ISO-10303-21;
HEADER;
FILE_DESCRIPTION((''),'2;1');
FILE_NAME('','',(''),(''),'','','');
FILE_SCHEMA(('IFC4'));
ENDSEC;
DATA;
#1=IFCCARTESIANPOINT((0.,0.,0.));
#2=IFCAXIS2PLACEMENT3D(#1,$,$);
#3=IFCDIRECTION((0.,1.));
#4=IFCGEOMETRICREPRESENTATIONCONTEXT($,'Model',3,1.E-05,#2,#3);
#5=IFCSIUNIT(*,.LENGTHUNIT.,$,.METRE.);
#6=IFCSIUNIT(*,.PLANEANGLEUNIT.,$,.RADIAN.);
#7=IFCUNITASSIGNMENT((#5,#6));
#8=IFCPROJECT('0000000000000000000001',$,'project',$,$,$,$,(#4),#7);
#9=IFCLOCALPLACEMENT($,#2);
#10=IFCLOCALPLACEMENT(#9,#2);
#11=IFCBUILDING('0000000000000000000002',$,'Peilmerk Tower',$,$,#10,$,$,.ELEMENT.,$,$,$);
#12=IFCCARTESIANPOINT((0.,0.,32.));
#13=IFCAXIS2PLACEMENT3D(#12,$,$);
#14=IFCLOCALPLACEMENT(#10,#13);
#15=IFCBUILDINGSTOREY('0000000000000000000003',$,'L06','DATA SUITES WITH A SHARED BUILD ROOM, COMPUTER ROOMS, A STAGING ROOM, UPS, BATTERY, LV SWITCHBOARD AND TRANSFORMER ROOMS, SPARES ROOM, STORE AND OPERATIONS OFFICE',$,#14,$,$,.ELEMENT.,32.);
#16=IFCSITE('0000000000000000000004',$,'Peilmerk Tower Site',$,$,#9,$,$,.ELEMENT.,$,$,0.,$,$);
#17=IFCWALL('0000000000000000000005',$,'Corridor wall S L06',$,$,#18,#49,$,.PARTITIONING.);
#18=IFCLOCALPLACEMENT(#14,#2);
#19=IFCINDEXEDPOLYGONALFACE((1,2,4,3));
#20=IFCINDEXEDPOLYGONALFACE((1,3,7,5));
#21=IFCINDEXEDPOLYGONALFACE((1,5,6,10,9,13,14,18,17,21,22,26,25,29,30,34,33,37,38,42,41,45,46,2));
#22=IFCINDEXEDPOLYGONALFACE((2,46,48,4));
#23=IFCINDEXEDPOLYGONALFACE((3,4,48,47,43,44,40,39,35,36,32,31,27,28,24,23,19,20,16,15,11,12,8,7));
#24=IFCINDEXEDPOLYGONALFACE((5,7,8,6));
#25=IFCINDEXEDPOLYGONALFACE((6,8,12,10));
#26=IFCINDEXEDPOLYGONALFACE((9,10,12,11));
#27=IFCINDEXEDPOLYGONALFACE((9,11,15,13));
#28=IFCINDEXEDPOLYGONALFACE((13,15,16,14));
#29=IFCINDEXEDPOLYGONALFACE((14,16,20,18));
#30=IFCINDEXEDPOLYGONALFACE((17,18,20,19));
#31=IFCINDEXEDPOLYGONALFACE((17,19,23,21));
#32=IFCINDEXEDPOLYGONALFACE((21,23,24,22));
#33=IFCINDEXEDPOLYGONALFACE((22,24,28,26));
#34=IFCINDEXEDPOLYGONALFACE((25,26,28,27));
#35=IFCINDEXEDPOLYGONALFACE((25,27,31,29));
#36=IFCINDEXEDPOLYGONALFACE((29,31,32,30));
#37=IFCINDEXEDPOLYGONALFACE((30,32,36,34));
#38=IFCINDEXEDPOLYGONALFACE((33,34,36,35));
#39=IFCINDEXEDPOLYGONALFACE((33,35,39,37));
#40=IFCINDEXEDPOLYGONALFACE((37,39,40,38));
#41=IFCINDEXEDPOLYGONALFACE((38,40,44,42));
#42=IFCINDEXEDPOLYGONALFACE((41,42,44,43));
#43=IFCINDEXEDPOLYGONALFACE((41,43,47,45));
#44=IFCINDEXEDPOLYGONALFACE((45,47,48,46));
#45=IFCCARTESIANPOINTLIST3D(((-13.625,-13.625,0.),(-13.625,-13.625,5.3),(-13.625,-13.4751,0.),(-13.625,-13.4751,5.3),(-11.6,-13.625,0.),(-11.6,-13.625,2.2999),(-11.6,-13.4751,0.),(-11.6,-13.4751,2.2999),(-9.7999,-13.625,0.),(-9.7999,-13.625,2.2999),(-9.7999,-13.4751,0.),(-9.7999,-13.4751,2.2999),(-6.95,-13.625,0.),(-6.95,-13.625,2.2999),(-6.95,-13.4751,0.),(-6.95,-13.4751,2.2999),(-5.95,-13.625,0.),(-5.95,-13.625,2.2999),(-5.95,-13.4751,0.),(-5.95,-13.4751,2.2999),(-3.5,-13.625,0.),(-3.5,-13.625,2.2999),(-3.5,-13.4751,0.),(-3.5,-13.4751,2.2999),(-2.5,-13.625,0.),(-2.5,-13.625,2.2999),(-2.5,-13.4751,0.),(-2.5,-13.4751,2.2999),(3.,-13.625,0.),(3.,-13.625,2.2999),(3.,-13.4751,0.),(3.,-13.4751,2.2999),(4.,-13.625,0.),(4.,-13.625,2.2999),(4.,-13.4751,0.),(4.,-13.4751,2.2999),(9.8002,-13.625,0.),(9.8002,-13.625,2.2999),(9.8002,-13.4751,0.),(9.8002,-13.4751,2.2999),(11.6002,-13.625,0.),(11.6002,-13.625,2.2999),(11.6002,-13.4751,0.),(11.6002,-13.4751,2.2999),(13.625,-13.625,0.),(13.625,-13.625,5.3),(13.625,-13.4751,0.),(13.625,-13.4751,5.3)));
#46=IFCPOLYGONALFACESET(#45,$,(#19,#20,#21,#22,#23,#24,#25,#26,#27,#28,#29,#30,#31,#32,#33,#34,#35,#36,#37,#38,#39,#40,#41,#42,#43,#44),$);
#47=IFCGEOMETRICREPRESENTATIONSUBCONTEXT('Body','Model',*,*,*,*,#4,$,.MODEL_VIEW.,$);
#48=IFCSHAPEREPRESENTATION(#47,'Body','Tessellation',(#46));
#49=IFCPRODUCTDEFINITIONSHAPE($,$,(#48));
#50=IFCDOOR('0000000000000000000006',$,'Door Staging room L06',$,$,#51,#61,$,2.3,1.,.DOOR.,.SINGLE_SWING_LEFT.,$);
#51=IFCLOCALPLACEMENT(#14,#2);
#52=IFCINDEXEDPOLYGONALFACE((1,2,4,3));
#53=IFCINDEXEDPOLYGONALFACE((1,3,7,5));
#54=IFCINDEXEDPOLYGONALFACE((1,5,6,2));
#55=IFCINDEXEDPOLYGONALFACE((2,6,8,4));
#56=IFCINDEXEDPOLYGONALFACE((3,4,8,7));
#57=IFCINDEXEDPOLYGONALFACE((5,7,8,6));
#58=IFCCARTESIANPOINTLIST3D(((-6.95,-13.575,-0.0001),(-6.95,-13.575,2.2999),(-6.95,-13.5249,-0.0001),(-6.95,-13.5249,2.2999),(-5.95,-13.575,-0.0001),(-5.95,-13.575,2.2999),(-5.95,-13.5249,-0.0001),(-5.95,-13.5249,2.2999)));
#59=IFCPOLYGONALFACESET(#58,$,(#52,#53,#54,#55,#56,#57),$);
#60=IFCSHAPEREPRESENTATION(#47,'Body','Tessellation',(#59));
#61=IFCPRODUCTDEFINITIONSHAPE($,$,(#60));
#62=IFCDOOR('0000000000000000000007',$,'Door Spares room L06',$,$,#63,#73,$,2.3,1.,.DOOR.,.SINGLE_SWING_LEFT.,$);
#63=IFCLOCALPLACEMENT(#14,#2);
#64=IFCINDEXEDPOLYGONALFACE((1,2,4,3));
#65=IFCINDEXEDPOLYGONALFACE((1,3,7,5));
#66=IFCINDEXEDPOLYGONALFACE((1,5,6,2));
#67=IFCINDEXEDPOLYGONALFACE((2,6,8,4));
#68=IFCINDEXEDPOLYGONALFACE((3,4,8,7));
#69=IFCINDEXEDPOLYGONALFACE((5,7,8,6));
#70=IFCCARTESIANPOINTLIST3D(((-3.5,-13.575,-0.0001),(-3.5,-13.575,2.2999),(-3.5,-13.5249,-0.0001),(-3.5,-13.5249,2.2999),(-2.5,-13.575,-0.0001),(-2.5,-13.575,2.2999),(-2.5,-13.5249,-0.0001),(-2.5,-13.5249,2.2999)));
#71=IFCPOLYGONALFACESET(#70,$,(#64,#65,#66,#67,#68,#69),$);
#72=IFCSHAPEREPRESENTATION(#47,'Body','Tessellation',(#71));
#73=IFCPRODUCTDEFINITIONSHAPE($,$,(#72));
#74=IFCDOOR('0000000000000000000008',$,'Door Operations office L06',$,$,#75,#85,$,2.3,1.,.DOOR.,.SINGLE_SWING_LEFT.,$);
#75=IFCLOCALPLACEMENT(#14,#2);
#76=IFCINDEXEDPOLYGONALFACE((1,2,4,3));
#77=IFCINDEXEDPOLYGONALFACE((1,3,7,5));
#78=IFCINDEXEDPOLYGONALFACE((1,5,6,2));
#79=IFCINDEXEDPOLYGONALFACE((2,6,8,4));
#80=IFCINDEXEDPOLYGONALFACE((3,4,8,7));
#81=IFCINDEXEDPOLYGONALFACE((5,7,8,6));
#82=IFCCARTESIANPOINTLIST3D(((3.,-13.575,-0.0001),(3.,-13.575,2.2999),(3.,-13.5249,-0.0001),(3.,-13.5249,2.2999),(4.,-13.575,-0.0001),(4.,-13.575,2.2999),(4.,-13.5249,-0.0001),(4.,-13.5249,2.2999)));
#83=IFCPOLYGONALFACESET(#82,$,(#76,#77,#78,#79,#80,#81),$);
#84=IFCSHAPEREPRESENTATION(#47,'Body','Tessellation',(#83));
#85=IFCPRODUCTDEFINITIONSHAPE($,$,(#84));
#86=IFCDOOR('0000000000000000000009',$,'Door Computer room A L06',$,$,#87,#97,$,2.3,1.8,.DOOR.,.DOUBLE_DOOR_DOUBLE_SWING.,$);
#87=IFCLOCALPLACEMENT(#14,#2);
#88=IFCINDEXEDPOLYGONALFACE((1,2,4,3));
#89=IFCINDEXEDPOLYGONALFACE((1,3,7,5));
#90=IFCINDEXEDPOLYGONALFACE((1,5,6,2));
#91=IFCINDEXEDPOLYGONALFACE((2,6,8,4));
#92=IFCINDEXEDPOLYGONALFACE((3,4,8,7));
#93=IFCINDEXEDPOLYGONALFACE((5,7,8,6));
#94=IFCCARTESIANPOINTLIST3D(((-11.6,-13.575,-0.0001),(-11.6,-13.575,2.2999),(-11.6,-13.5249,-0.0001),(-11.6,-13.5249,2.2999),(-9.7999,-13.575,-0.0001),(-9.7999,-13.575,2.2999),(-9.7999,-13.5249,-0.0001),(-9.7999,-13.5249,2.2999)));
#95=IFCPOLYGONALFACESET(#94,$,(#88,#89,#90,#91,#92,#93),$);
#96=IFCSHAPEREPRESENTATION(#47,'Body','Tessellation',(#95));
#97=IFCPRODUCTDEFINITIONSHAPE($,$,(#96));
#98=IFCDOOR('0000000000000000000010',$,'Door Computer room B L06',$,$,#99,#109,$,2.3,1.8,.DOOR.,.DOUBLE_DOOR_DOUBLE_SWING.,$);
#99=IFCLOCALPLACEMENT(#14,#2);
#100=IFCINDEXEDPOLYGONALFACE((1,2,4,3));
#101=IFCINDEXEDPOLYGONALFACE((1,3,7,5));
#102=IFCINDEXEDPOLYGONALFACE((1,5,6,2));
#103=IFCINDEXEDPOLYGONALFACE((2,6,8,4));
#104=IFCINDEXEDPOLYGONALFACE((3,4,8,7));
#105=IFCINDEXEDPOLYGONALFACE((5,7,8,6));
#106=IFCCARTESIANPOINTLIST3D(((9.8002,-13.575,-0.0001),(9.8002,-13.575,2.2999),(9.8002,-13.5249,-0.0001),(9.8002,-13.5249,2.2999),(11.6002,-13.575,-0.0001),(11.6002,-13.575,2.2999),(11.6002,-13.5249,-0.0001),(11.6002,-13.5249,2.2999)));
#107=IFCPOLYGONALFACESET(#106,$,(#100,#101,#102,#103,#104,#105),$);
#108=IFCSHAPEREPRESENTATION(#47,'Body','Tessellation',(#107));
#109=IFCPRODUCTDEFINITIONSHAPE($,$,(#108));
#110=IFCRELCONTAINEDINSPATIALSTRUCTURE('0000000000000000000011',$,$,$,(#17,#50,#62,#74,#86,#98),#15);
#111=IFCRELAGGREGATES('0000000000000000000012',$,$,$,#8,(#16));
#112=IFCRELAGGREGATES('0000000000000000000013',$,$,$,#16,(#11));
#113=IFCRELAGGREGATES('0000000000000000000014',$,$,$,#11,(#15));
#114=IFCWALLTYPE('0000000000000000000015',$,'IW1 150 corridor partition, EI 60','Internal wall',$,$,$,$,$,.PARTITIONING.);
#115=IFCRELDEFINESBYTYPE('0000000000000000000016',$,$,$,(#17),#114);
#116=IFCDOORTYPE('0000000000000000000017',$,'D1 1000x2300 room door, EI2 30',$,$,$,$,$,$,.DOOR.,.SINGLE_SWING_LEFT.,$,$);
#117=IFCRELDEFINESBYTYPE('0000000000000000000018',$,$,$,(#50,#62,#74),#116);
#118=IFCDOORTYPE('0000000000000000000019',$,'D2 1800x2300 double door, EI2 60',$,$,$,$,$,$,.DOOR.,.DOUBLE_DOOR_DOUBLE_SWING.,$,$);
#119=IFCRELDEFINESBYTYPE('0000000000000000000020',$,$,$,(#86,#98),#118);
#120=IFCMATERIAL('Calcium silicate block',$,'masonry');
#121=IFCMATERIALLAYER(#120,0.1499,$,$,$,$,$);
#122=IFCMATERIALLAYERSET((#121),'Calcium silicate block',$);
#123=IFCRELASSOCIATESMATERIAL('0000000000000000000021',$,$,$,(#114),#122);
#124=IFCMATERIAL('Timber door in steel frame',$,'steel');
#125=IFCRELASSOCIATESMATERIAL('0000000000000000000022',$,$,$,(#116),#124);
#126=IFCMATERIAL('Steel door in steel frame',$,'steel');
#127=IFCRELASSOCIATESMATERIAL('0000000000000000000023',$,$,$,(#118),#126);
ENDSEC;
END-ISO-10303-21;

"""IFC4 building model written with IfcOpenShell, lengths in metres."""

from ifc_helpers import new_model, si_unit, direction, frame, frame_2d, origin, place, context, subcontext, project, spatial, rectangle, extrude, material, layer, layer_set, type_object, element, fill, save


model = new_model("IFC4")

# Units and contexts
model_context = context("Model", 3, precision=1e-05, world=origin(), true_north=direction((0.0, 1.0)))
body_context = subcontext(model_context, "Body", "Model", "MODEL_VIEW")
ifc_project = project(units=[si_unit("LENGTHUNIT", "METRE"), si_unit("PLANEANGLEUNIT", "RADIAN")], contexts=[model_context])

# Site, building, storey
site_placement = place(None, origin())
site = spatial("IfcSite", under=ifc_project, at=site_placement, Name="Peilmerk Tower Site", CompositionType="ELEMENT", RefElevation=0.0)
building_placement = place(site_placement, origin())
building = spatial("IfcBuilding", under=site, at=building_placement, Name="Peilmerk Tower", CompositionType="ELEMENT")
storey_placement = place(building_placement, frame((0.0, 0.0, 32.0)))
storey = spatial("IfcBuildingStorey", under=building, at=storey_placement, Name="L06", Description="DATA SUITES WITH A SHARED BUILD ROOM, COMPUTER ROOMS, A STAGING ROOM, UPS, BATTERY, LV SWITCHBOARD AND TRANSFORMER ROOMS, SPARES ROOM, STORE AND OPERATIONS OFFICE", CompositionType="ELEMENT", Elevation=32.0)

# Wall, openings, doors
ifc_material_1 = material(Name="Calcium silicate block", Category="masonry")
ifc_layer_1 = layer(ifc_material_1, 0.1499)
ifc_layer_set_1 = layer_set([ifc_layer_1], Name="Calcium silicate block")
wall_type_1 = type_object("IfcWallType", Name="IW1 150 corridor partition, EI 60", Description="Internal wall", PredefinedType="PARTITIONING", material=ifc_layer_set_1)
wall_1_placement = place(storey_placement, frame((13.625, -13.55, 0.0), z_axis=(0.0, 0.0, 1.0), x_axis=(-1.0, 0.0, 0.0)))
wall_1 = element("IfcWall", 1, at=wall_1_placement, inside=storey, type_object=wall_type_1, Name="Corridor wall S L06", PredefinedType="PARTITIONING", context=body_context, shape_type="SweptSolid", body=[
    extrude(rectangle(XDim=27.25, YDim=0.1499, at=frame_2d((13.625, 0.0))), origin(), (0.0, 0.0, 1.0), 5.3),
])
opening_1_placement = place(wall_1_placement, frame((23.425, 0.0, 0.0)))
opening_1 = element("IfcOpeningElement", 2, at=opening_1_placement, cuts=wall_1, PredefinedType="OPENING", context=body_context, shape_type="SweptSolid", body=[
    extrude(rectangle(XDim=1.8, YDim=2.3, at=frame_2d((0.8999, 1.1499))), frame((0.0, 0.085, 0.0), z_axis=(0.0, -1.0, 0.0), x_axis=(1.0, 0.0, 0.0)), (0.0, 0.0, 1.0), 0.1699),
])
opening_2_placement = place(wall_1_placement, frame((19.575, 0.0, 0.0)))
opening_2 = element("IfcOpeningElement", 3, at=opening_2_placement, cuts=wall_1, PredefinedType="OPENING", context=body_context, shape_type="SweptSolid", body=[
    extrude(rectangle(XDim=1.0, YDim=2.3, at=frame_2d((0.5, 1.1499))), frame((0.0, 0.085, 0.0), z_axis=(0.0, -1.0, 0.0), x_axis=(1.0, 0.0, 0.0)), (0.0, 0.0, 1.0), 0.1699),
])
opening_3_placement = place(wall_1_placement, frame((2.0249, 0.0, 0.0)))
opening_3 = element("IfcOpeningElement", 4, at=opening_3_placement, cuts=wall_1, PredefinedType="OPENING", context=body_context, shape_type="SweptSolid", body=[
    extrude(rectangle(XDim=1.8, YDim=2.3, at=frame_2d((0.8999, 1.1499))), frame((0.0, 0.085, 0.0), z_axis=(0.0, -1.0, 0.0), x_axis=(1.0, 0.0, 0.0)), (0.0, 0.0, 1.0), 0.1699),
])
opening_4_placement = place(wall_1_placement, frame((16.125, 0.0, 0.0)))
opening_4 = element("IfcOpeningElement", 5, at=opening_4_placement, cuts=wall_1, PredefinedType="OPENING", context=body_context, shape_type="SweptSolid", body=[
    extrude(rectangle(XDim=1.0, YDim=2.3, at=frame_2d((0.5, 1.1499))), frame((0.0, 0.085, 0.0), z_axis=(0.0, -1.0, 0.0), x_axis=(1.0, 0.0, 0.0)), (0.0, 0.0, 1.0), 0.1699),
])
opening_5_placement = place(wall_1_placement, frame((9.625, 0.0, 0.0)))
opening_5 = element("IfcOpeningElement", 6, at=opening_5_placement, cuts=wall_1, PredefinedType="OPENING", context=body_context, shape_type="SweptSolid", body=[
    extrude(rectangle(XDim=1.0, YDim=2.3, at=frame_2d((0.5, 1.1499))), frame((0.0, 0.085, 0.0), z_axis=(0.0, -1.0, 0.0), x_axis=(1.0, 0.0, 0.0)), (0.0, 0.0, 1.0), 0.1699),
])
ifc_material_2 = material(Name="Timber door in steel frame", Category="steel")
door_type_1 = type_object("IfcDoorType", Name="D1 1000x2300 room door, EI2 30", OperationType="SINGLE_SWING_LEFT", PredefinedType="DOOR", material=ifc_material_2)
door_1_placement = place(opening_2_placement, origin())
door_1 = element("IfcDoor", 7, at=door_1_placement, inside=storey, type_object=door_type_1, Name="Door Staging room L06", OperationType="SINGLE_SWING_LEFT", OverallHeight=2.3, OverallWidth=1.0, PredefinedType="DOOR", context=body_context, shape_type="SweptSolid", body=[
    extrude(rectangle(XDim=1.0, YDim=2.3, at=frame_2d((0.5, 1.1499))), frame((0.0, 0.0249, 0.0), z_axis=(0.0, -1.0, 0.0), x_axis=(1.0, 0.0, 0.0)), (0.0, 0.0, 1.0), 0.05),
])
fill(opening_2, door_1)
door_2_placement = place(opening_4_placement, origin())
door_2 = element("IfcDoor", 8, at=door_2_placement, inside=storey, type_object=door_type_1, Name="Door Spares room L06", OperationType="SINGLE_SWING_LEFT", OverallHeight=2.3, OverallWidth=1.0, PredefinedType="DOOR", context=body_context, shape_type="SweptSolid", body=[
    extrude(rectangle(XDim=1.0, YDim=2.3, at=frame_2d((0.5, 1.1499))), frame((0.0, 0.0249, 0.0), z_axis=(0.0, -1.0, 0.0), x_axis=(1.0, 0.0, 0.0)), (0.0, 0.0, 1.0), 0.05),
])
fill(opening_4, door_2)
door_3_placement = place(opening_5_placement, origin())
door_3 = element("IfcDoor", 9, at=door_3_placement, inside=storey, type_object=door_type_1, Name="Door Operations office L06", OperationType="SINGLE_SWING_LEFT", OverallHeight=2.3, OverallWidth=1.0, PredefinedType="DOOR", context=body_context, shape_type="SweptSolid", body=[
    extrude(rectangle(XDim=1.0, YDim=2.3, at=frame_2d((0.5, 1.1499))), frame((0.0, 0.0249, 0.0), z_axis=(0.0, -1.0, 0.0), x_axis=(1.0, 0.0, 0.0)), (0.0, 0.0, 1.0), 0.05),
])
fill(opening_5, door_3)
ifc_material_3 = material(Name="Steel door in steel frame", Category="steel")
door_type_2 = type_object("IfcDoorType", Name="D2 1800x2300 double door, EI2 60", OperationType="DOUBLE_DOOR_DOUBLE_SWING", PredefinedType="DOOR", material=ifc_material_3)
door_4_placement = place(opening_1_placement, origin())
door_4 = element("IfcDoor", 10, at=door_4_placement, inside=storey, type_object=door_type_2, Name="Door Computer room A L06", OperationType="DOUBLE_DOOR_DOUBLE_SWING", OverallHeight=2.3, OverallWidth=1.8, PredefinedType="DOOR", context=body_context, shape_type="SweptSolid", body=[
    extrude(rectangle(XDim=1.8, YDim=2.3, at=frame_2d((0.8999, 1.1499))), frame((0.0, 0.0249, 0.0), z_axis=(0.0, -1.0, 0.0), x_axis=(1.0, 0.0, 0.0)), (0.0, 0.0, 1.0), 0.05),
])
fill(opening_1, door_4)
door_5_placement = place(opening_3_placement, origin())
door_5 = element("IfcDoor", 11, at=door_5_placement, inside=storey, type_object=door_type_2, Name="Door Computer room B L06", OperationType="DOUBLE_DOOR_DOUBLE_SWING", OverallHeight=2.3, OverallWidth=1.8, PredefinedType="DOOR", context=body_context, shape_type="SweptSolid", body=[
    extrude(rectangle(XDim=1.8, YDim=2.3, at=frame_2d((0.8999, 1.1499))), frame((0.0, 0.0249, 0.0), z_axis=(0.0, -1.0, 0.0), x_axis=(1.0, 0.0, 0.0)), (0.0, 0.0, 1.0), 0.05),
])
fill(opening_3, door_5)

save(model, "model.ifc")
